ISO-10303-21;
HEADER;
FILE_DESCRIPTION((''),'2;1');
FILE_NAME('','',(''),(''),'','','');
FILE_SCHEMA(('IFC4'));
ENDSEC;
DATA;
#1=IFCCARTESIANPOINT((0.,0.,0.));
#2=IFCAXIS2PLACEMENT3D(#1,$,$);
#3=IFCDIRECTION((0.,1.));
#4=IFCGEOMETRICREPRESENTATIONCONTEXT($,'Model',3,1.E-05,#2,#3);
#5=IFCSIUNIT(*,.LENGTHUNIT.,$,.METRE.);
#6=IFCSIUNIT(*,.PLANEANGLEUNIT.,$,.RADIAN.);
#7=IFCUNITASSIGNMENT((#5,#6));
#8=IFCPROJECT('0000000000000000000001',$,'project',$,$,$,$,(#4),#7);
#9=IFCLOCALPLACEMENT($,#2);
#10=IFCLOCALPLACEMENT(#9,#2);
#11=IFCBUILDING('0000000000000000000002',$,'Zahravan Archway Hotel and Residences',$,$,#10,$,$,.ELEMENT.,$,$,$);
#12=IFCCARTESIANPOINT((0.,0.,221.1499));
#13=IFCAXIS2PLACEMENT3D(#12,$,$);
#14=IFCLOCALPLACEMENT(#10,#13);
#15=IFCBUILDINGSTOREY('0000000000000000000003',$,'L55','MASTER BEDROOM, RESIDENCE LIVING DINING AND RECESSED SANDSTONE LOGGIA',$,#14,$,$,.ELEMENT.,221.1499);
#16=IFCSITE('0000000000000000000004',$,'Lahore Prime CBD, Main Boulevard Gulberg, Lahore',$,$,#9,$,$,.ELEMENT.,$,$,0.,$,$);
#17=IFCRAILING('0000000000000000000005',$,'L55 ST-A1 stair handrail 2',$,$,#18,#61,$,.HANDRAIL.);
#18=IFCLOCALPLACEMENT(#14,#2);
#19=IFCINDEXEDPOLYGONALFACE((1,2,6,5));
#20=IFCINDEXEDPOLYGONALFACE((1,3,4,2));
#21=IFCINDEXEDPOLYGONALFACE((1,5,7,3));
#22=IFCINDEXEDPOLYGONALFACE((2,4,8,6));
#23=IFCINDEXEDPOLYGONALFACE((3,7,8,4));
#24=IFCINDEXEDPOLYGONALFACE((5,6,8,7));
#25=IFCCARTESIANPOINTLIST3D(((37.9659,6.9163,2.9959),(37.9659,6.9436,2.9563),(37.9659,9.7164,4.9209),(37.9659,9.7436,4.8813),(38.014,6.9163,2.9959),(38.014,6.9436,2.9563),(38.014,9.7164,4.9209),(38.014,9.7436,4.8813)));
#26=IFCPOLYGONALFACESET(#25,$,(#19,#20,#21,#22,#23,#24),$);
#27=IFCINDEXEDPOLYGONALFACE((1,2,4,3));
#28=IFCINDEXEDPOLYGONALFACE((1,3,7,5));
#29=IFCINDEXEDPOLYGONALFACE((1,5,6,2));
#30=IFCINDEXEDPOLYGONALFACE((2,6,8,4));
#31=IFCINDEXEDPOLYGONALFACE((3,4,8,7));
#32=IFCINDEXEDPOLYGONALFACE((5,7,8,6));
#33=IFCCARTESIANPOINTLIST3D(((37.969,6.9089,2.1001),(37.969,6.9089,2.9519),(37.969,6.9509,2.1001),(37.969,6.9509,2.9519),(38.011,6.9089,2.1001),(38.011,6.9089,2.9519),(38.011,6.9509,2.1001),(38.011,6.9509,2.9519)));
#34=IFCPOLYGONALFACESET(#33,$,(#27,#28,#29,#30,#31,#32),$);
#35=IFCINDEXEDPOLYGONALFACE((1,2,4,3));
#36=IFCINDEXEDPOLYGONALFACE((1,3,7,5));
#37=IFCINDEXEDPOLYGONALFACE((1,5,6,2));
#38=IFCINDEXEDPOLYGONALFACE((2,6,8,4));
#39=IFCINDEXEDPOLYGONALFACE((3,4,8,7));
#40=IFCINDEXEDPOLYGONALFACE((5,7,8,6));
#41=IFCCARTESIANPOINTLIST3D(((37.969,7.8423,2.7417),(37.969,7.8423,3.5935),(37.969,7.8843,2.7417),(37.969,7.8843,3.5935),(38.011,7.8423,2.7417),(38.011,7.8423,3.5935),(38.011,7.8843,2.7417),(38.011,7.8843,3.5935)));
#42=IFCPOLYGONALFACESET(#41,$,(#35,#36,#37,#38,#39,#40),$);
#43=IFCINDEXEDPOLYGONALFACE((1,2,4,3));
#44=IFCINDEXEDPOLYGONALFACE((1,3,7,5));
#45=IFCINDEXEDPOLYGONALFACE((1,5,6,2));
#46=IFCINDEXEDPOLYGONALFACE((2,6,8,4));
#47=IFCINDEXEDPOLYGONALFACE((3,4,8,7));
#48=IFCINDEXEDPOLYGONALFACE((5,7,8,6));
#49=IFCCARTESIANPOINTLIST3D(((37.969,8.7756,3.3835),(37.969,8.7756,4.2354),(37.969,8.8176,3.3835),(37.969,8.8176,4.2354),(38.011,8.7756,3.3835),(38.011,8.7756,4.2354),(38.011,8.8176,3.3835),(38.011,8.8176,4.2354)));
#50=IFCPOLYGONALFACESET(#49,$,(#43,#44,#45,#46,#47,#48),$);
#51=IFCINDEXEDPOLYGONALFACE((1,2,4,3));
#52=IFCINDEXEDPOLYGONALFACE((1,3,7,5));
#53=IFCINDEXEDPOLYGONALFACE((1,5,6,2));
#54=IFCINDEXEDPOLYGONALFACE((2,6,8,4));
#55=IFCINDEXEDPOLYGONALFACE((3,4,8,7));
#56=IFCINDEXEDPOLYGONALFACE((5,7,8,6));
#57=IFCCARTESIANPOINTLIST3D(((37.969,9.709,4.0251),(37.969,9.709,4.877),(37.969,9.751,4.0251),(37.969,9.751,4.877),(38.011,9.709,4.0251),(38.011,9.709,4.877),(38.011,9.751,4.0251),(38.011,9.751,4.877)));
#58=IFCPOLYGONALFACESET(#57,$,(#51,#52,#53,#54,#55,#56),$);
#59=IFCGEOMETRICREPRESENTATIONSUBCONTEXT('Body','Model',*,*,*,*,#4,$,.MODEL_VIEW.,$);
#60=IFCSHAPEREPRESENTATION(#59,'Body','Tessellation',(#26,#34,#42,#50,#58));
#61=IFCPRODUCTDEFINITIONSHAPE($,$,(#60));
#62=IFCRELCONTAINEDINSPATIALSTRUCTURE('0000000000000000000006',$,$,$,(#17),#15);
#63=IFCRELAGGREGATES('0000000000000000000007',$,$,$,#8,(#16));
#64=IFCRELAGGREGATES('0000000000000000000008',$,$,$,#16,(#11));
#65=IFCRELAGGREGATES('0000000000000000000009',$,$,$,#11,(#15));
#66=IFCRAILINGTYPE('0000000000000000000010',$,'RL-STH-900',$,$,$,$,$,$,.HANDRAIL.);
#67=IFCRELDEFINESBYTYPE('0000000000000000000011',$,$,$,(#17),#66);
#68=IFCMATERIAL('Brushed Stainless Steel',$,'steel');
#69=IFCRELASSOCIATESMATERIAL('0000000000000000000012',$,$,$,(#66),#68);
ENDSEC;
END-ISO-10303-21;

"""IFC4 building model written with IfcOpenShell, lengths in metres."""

from ifc_helpers import new_model, si_unit, direction, frame, origin, origin_2d, place, context, subcontext, project, spatial, rectangle, extrude, material, type_object, element, save


model = new_model("IFC4")

# Units and contexts
model_context = context("Model", 3, precision=1e-05, world=origin(), true_north=direction((0.0, 1.0)))
body_context = subcontext(model_context, "Body", "Model", "MODEL_VIEW")
ifc_project = project(units=[si_unit("LENGTHUNIT", "METRE"), si_unit("PLANEANGLEUNIT", "RADIAN")], contexts=[model_context])

# Site, building, storey
site_placement = place(None, origin())
site = spatial("IfcSite", under=ifc_project, at=site_placement, Name="Lahore Prime CBD, Main Boulevard Gulberg, Lahore", CompositionType="ELEMENT", RefElevation=0.0)
building_placement = place(site_placement, origin())
building = spatial("IfcBuilding", under=site, at=building_placement, Name="Zahravan Archway Hotel and Residences", CompositionType="ELEMENT")
storey_placement = place(building_placement, frame((0.0, 0.0, 221.1499)))
storey = spatial("IfcBuildingStorey", under=building, at=storey_placement, Name="L55", Description="MASTER BEDROOM, RESIDENCE LIVING DINING AND RECESSED SANDSTONE LOGGIA", CompositionType="ELEMENT", Elevation=221.1499)

# Shared definitions
ifc_material_1 = material(Name="Brushed Stainless Steel", Category="steel")

# Railing
railing_type_1 = type_object("IfcRailingType", Name="RL-STH-900", PredefinedType="HANDRAIL", material=ifc_material_1)
railing_1_placement = place(storey_placement, frame((37.99, 6.9299, 2.1001)))
element("IfcRailing", 1, at=railing_1_placement, inside=storey, type_object=railing_type_1, Name="L55 ST-A1 stair handrail 2", PredefinedType="HANDRAIL", context=body_context, shape_type="SweptSolid", body=[
    extrude(rectangle(XDim=0.0481, YDim=0.0481, at=origin_2d()), frame((0.0, 0.0, 0.876), z_axis=(0.0, 0.82404, 0.566532), x_axis=(-1.0, 0.0, 0.0)), (0.0, 0.0, 1.0), 3.3979),
    extrude(rectangle(XDim=0.042, YDim=0.042, at=origin_2d()), origin(), (0.0, 0.0, 1.0), 0.8518),
    extrude(rectangle(XDim=0.042, YDim=0.042, at=origin_2d()), frame((0.0, 0.9333, 0.6416)), (0.0, 0.0, 1.0), 0.8518),
    extrude(rectangle(XDim=0.042, YDim=0.042, at=origin_2d()), frame((0.0, 1.8667, 1.2834)), (0.0, 0.0, 1.0), 0.8518),
    extrude(rectangle(XDim=0.042, YDim=0.042, at=origin_2d()), frame((0.0, 2.8, 1.925)), (0.0, 0.0, 1.0), 0.8518),
])

save(model, "model.ifc")
